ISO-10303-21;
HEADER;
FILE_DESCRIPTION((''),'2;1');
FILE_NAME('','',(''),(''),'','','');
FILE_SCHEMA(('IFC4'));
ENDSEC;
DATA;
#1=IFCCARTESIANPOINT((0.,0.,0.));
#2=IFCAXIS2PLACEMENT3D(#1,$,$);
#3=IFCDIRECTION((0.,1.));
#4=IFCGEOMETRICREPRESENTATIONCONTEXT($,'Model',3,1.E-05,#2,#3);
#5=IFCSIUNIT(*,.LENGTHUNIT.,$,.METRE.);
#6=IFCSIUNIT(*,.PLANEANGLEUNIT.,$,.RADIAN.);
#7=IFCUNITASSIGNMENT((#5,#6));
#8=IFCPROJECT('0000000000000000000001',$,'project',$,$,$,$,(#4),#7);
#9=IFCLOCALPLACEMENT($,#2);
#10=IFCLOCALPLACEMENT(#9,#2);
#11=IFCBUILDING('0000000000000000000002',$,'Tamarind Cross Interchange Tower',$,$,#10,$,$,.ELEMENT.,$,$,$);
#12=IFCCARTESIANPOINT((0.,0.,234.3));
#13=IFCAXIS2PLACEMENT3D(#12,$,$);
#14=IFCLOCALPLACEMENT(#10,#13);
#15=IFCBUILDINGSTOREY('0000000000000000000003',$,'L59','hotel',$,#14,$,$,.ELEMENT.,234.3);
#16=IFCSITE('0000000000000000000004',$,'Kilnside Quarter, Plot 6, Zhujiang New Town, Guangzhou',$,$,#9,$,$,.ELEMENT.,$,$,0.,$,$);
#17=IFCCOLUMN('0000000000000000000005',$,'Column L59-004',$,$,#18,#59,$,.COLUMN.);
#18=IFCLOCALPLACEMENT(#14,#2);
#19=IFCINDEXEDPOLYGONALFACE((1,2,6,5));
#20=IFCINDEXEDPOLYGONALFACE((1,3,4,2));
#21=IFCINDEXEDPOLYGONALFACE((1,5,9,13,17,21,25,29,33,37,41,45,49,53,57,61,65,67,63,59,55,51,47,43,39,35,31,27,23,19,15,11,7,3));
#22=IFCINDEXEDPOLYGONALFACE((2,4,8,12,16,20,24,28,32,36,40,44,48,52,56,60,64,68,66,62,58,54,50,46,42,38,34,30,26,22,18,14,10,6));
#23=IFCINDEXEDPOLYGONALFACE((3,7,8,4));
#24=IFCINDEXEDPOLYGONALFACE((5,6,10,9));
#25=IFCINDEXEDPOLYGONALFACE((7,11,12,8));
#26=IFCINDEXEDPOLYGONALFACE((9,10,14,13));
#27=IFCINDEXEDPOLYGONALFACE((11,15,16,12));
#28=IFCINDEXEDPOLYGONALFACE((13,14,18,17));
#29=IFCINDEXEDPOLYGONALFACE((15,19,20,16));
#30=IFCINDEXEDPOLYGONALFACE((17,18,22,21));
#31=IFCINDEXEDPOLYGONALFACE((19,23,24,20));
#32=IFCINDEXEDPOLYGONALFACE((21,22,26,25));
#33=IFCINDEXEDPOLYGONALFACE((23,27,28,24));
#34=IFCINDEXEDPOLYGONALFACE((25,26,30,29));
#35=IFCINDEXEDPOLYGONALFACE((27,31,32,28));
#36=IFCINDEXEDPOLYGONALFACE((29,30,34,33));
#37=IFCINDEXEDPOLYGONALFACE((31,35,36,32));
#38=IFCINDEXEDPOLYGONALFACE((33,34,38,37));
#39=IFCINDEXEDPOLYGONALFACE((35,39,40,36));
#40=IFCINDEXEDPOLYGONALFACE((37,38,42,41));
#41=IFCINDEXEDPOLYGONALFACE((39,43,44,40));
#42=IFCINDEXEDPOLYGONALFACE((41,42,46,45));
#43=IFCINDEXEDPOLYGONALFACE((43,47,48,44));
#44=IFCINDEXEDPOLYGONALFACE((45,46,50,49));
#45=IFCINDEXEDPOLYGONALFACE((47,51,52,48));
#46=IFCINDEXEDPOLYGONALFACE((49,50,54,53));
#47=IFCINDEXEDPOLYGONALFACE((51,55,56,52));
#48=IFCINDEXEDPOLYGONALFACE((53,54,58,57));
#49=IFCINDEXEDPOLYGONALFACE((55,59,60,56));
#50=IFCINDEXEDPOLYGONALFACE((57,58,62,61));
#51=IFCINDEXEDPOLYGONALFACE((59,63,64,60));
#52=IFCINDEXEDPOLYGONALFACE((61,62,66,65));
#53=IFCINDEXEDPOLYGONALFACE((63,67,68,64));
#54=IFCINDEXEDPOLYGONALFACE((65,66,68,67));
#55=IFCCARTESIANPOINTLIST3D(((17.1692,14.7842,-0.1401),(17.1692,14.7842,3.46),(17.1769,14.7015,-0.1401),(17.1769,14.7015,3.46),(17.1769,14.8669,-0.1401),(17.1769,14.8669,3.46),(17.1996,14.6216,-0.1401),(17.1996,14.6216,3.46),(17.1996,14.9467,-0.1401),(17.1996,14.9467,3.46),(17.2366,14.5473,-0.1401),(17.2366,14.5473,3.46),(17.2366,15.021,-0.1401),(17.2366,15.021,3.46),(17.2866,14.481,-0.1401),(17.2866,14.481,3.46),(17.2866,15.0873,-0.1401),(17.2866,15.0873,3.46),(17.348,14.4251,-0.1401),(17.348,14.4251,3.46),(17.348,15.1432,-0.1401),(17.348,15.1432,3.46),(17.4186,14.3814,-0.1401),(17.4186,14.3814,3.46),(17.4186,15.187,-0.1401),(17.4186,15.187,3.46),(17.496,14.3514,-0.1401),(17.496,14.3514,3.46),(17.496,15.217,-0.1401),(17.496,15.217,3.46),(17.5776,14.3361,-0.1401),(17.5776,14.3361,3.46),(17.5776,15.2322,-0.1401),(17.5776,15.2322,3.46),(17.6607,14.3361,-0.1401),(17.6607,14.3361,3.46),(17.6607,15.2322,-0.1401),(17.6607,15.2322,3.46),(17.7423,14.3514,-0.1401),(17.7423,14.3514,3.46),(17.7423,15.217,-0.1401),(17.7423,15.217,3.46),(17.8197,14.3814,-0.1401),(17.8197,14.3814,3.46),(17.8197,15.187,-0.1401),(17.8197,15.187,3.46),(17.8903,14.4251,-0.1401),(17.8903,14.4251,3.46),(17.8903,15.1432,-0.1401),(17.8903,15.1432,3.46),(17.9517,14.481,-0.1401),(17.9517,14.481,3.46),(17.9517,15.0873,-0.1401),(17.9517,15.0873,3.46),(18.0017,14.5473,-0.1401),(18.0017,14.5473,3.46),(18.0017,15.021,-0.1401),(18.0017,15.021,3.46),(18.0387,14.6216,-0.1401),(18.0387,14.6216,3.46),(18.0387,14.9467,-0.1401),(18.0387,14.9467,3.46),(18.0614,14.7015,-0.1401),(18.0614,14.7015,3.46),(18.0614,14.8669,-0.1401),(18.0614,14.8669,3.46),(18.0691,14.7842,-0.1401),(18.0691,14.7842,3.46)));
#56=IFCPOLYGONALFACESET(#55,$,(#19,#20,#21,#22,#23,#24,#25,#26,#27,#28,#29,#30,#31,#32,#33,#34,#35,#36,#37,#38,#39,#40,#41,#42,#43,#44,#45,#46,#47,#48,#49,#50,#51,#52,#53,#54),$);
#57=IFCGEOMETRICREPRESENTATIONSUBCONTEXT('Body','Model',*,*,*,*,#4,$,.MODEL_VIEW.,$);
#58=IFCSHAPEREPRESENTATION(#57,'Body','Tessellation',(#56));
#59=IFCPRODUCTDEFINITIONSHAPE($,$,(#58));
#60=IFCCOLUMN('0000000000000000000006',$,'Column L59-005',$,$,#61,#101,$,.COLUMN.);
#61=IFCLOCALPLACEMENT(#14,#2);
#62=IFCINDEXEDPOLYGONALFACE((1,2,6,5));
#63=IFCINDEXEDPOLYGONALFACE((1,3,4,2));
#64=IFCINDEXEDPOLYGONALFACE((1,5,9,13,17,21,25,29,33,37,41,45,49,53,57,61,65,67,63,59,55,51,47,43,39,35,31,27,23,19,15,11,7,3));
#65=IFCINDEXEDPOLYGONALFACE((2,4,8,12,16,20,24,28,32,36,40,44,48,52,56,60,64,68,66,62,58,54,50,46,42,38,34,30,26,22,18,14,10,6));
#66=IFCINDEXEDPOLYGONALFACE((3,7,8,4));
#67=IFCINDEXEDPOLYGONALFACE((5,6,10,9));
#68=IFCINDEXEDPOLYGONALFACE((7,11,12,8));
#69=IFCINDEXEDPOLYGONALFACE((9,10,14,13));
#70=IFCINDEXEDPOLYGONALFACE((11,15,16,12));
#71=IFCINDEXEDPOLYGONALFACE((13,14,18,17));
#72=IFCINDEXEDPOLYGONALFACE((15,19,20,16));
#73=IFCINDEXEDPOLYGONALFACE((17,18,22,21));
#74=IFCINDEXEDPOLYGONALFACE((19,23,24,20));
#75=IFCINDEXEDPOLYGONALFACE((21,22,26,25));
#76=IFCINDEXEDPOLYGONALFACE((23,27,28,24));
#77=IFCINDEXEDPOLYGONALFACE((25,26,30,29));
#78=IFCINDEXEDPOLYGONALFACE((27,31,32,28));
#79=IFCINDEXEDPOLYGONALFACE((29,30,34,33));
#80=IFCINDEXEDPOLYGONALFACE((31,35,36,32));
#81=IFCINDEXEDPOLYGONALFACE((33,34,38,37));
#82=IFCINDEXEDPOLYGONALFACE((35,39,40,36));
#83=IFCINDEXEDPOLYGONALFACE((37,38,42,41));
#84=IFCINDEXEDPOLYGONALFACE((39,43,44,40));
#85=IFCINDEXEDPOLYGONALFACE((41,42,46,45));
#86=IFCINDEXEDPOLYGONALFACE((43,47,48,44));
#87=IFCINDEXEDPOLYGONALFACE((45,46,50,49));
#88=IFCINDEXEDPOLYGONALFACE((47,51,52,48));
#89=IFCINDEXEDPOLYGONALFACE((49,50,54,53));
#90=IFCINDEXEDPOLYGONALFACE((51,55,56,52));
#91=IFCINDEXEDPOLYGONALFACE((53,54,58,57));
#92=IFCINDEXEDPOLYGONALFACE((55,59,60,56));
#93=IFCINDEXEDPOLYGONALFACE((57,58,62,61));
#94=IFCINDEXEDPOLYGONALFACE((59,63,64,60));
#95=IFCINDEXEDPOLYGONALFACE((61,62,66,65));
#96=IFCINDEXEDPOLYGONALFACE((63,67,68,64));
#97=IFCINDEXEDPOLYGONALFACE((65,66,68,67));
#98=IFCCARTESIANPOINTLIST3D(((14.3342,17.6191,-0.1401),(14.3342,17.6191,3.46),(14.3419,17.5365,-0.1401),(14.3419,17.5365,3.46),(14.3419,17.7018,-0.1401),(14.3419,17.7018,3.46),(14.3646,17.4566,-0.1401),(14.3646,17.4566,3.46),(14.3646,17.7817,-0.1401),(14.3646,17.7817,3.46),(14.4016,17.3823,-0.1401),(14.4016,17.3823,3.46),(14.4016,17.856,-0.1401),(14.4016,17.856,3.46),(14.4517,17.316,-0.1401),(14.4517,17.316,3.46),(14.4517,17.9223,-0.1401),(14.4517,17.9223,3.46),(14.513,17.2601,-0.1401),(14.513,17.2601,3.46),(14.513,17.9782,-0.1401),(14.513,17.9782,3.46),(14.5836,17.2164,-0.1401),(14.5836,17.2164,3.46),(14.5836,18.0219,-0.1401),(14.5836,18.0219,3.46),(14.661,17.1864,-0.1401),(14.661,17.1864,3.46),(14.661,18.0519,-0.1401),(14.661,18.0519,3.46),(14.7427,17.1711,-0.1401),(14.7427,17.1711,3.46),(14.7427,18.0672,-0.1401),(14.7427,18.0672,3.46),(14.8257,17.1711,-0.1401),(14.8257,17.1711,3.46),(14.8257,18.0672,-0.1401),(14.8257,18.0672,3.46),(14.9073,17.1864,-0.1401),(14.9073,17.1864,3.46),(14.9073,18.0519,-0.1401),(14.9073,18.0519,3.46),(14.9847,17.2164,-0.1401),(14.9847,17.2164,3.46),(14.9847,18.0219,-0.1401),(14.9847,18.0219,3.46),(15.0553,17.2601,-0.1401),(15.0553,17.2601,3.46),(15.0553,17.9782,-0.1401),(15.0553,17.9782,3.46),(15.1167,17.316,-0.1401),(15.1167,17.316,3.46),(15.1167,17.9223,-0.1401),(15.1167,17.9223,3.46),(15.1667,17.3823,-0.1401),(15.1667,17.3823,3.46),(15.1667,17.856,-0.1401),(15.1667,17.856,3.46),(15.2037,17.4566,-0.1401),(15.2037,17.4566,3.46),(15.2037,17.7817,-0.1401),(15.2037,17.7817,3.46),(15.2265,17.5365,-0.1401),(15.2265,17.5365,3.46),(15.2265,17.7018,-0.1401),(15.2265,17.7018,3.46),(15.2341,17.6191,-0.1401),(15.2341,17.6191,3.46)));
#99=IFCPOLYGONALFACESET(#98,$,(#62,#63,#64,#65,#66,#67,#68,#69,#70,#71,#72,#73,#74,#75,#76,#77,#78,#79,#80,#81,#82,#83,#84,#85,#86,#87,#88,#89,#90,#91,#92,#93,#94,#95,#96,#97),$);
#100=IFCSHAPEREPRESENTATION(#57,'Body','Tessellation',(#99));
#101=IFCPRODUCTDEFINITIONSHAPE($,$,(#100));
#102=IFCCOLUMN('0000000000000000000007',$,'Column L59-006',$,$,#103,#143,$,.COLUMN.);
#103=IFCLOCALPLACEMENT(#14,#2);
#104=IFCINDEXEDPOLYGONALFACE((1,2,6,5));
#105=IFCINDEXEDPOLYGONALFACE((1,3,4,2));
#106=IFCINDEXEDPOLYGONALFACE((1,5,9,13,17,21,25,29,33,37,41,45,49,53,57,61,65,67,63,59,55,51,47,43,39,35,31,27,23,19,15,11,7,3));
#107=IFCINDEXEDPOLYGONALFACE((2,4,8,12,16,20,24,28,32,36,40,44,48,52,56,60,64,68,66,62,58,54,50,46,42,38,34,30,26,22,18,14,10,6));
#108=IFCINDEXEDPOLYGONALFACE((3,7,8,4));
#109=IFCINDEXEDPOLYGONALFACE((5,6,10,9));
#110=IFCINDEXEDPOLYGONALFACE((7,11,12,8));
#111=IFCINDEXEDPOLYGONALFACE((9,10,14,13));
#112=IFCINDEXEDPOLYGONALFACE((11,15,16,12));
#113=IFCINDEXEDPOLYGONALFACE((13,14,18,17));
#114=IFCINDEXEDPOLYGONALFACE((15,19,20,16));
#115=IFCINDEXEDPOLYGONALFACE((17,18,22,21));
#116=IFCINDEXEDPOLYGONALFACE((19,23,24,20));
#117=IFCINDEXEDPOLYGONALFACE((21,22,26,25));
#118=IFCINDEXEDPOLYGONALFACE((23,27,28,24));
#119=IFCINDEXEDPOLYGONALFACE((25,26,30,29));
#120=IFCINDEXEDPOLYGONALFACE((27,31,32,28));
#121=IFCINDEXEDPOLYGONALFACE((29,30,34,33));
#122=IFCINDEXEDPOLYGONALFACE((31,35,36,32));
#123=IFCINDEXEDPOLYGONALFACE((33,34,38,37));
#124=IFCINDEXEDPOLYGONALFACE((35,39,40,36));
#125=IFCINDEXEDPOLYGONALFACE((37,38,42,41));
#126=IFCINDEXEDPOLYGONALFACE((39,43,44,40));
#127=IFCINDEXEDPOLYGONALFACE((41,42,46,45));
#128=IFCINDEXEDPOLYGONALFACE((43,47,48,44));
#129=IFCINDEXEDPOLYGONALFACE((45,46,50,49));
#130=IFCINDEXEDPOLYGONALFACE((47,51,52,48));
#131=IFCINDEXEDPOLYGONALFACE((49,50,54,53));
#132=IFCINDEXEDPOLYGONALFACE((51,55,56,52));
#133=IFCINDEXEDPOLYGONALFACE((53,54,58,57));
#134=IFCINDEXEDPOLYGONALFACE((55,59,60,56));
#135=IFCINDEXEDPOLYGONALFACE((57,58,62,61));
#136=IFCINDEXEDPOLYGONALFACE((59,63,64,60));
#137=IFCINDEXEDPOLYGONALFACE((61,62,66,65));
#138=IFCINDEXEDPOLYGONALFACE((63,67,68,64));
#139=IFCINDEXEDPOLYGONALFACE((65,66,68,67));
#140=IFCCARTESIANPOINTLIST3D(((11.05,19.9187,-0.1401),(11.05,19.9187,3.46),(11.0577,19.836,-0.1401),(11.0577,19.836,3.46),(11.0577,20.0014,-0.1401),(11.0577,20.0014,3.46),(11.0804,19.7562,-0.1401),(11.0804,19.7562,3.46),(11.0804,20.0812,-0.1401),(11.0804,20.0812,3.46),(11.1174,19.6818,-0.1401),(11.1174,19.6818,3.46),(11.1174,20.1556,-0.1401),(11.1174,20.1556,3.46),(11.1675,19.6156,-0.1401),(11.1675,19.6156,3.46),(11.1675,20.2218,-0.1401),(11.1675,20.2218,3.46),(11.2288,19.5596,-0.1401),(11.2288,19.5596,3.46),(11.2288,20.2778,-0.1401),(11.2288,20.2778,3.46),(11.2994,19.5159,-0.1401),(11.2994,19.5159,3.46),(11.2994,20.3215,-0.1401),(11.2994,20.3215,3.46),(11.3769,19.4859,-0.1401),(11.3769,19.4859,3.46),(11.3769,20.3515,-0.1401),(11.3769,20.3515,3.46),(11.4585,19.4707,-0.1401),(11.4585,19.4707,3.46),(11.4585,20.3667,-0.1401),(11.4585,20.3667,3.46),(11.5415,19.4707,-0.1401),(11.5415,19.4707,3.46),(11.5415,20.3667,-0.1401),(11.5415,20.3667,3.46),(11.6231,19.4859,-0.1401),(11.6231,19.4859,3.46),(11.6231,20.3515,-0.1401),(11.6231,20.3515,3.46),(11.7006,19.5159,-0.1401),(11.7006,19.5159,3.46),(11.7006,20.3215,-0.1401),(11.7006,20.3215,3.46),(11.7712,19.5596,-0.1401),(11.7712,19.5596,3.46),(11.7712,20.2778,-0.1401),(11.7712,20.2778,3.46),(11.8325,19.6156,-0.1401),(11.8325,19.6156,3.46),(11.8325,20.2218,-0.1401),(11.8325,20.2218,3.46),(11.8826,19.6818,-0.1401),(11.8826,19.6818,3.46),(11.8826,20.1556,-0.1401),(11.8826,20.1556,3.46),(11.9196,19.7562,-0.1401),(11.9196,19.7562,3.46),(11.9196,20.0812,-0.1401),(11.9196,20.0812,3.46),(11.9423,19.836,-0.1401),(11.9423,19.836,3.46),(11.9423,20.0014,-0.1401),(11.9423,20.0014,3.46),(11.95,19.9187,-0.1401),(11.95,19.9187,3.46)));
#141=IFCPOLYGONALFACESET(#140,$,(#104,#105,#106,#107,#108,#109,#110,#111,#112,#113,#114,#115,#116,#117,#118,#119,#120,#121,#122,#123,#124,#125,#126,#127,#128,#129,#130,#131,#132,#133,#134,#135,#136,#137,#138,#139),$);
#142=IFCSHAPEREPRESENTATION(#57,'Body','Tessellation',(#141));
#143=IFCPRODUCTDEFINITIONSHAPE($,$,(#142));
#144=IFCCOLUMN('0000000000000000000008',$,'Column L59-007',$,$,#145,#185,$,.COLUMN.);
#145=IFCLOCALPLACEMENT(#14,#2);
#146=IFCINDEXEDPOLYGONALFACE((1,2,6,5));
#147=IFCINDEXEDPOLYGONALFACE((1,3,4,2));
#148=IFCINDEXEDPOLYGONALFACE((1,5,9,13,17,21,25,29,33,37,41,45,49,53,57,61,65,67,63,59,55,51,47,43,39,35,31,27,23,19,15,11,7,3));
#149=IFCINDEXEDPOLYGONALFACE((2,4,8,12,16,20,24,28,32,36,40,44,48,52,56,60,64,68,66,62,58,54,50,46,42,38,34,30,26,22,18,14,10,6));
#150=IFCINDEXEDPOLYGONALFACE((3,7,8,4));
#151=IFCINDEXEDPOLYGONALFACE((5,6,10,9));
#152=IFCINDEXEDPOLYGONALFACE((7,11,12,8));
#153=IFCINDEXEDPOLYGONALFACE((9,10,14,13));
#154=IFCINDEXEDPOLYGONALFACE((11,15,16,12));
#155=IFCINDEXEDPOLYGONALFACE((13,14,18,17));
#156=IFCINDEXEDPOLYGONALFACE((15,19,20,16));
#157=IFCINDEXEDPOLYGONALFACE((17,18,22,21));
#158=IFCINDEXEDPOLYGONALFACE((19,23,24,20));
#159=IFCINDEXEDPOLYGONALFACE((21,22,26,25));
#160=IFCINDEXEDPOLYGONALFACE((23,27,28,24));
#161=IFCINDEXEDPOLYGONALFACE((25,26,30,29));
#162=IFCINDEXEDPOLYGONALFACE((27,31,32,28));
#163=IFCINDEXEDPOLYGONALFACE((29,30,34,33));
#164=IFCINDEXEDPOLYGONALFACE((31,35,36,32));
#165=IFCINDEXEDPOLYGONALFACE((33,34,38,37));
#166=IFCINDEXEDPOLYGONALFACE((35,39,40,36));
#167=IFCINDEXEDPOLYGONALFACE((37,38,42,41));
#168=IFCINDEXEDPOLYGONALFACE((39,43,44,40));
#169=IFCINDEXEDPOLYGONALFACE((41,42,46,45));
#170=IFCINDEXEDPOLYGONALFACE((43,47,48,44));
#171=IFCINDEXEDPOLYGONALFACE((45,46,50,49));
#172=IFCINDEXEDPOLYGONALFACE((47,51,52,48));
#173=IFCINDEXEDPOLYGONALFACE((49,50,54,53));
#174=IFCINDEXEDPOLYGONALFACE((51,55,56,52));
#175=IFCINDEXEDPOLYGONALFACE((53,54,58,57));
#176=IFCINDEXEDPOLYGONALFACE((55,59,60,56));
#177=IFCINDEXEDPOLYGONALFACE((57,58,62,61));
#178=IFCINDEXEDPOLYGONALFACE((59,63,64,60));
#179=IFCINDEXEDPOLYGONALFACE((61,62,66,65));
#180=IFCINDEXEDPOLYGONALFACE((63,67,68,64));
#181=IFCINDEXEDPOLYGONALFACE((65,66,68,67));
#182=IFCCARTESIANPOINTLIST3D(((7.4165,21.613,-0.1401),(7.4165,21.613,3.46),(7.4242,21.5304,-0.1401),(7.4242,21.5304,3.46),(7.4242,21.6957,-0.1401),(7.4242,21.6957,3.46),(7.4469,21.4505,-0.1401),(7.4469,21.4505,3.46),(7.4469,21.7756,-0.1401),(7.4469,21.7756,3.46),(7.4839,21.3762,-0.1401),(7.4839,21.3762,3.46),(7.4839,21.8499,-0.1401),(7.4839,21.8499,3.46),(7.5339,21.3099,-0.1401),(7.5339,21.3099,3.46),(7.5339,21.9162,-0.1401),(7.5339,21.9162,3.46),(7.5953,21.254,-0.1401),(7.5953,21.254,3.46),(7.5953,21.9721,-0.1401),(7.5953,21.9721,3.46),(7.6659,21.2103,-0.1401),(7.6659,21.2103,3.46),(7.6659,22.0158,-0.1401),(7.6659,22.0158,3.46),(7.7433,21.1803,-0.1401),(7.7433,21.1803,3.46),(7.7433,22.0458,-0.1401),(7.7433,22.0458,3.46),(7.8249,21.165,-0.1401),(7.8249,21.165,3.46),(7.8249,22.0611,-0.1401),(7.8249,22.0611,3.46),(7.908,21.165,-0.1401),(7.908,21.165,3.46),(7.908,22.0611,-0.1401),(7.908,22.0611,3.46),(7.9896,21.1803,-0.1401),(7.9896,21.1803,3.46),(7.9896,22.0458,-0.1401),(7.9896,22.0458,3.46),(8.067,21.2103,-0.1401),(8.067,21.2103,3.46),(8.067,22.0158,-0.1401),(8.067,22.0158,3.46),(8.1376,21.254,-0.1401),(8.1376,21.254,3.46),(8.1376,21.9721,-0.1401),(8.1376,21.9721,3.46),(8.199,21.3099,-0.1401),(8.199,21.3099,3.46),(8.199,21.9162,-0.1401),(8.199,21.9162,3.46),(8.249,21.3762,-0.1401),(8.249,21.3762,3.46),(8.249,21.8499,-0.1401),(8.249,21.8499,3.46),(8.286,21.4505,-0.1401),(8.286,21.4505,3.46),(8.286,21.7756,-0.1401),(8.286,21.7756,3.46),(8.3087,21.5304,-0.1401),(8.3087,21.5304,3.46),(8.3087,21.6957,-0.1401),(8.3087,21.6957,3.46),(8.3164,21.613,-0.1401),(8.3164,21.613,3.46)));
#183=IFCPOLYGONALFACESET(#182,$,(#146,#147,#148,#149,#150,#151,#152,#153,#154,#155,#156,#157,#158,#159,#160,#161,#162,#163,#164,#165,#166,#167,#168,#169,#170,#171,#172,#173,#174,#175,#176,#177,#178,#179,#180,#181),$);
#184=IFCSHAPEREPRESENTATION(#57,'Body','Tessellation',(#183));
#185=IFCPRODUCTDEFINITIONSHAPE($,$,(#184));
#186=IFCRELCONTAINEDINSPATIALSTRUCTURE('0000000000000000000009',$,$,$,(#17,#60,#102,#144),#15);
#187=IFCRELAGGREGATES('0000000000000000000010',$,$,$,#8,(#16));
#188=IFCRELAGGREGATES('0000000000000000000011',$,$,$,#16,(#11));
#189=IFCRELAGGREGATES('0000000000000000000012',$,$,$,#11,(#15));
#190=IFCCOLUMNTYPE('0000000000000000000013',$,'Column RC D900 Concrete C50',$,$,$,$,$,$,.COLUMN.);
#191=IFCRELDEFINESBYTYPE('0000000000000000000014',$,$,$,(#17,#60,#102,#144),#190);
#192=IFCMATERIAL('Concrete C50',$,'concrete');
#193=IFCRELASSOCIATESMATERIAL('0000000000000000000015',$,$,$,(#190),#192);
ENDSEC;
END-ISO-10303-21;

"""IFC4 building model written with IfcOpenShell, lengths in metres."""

from ifc_helpers import new_model, si_unit, direction, frame, origin, origin_2d, place, context, subcontext, project, spatial, circle, extrude, material, material_profile, profile_set, type_object, element, save


model = new_model("IFC4")

# Units and contexts
model_context = context("Model", 3, precision=1e-05, world=origin(), true_north=direction((0.0, 1.0)))
body_context = subcontext(model_context, "Body", "Model", "MODEL_VIEW")
ifc_project = project(units=[si_unit("LENGTHUNIT", "METRE"), si_unit("PLANEANGLEUNIT", "RADIAN")], contexts=[model_context])

# Site, building, storey
site_placement = place(None, origin())
site = spatial("IfcSite", under=ifc_project, at=site_placement, Name="Kilnside Quarter, Plot 6, Zhujiang New Town, Guangzhou", CompositionType="ELEMENT", RefElevation=0.0)
building_placement = place(site_placement, origin())
building = spatial("IfcBuilding", under=site, at=building_placement, Name="Tamarind Cross Interchange Tower", CompositionType="ELEMENT")
storey_placement = place(building_placement, frame((0.0, 0.0, 234.3)))
storey = spatial("IfcBuildingStorey", under=building, at=storey_placement, Name="L59", Description="hotel", CompositionType="ELEMENT", Elevation=234.3)

# Columns
ifc_material_1 = material(Name="Concrete C50", Category="concrete")
ifc_material_profile_1 = material_profile(ifc_material_1, circle(Radius=0.45, at=origin_2d()), Name="RC D900")
ifc_profile_set_1 = profile_set([ifc_material_profile_1], Name="Concrete C50")
column_type = type_object("IfcColumnType", Name="Column RC D900 Concrete C50", PredefinedType="COLUMN", material=ifc_profile_set_1)
for number, where, z_axis, x_axis, name in (
    (1, (17.6191, 14.7842, -0.1401), (0.0, 0.0, 1.0), (1.0, 0.0, 0.0), "Column L59-004"),
    (2, (14.7842, 17.6191, -0.1401), (0.0, 0.0, 1.0), (1.0, 0.0, 0.0), "Column L59-005"),
    (3, (11.5, 19.9187, -0.1401), (0.0, 0.0, 1.0), (1.0, 0.0, 0.0), "Column L59-006"),
    (4, (7.8665, 21.613, -0.1401), (0.0, 0.0, 1.0), (1.0, 0.0, 0.0), "Column L59-007"),
):
    element("IfcColumn", number, at=place(storey_placement, frame(where, z_axis=z_axis, x_axis=x_axis)), inside=storey, type_object=column_type, Name=name, PredefinedType="COLUMN", context=body_context, shape_type="SweptSolid", body=[
        extrude(circle(Radius=0.45, at=origin_2d()), origin(), (0.0, 0.0, 1.0), 3.6001),
    ])

save(model, "model.ifc")
